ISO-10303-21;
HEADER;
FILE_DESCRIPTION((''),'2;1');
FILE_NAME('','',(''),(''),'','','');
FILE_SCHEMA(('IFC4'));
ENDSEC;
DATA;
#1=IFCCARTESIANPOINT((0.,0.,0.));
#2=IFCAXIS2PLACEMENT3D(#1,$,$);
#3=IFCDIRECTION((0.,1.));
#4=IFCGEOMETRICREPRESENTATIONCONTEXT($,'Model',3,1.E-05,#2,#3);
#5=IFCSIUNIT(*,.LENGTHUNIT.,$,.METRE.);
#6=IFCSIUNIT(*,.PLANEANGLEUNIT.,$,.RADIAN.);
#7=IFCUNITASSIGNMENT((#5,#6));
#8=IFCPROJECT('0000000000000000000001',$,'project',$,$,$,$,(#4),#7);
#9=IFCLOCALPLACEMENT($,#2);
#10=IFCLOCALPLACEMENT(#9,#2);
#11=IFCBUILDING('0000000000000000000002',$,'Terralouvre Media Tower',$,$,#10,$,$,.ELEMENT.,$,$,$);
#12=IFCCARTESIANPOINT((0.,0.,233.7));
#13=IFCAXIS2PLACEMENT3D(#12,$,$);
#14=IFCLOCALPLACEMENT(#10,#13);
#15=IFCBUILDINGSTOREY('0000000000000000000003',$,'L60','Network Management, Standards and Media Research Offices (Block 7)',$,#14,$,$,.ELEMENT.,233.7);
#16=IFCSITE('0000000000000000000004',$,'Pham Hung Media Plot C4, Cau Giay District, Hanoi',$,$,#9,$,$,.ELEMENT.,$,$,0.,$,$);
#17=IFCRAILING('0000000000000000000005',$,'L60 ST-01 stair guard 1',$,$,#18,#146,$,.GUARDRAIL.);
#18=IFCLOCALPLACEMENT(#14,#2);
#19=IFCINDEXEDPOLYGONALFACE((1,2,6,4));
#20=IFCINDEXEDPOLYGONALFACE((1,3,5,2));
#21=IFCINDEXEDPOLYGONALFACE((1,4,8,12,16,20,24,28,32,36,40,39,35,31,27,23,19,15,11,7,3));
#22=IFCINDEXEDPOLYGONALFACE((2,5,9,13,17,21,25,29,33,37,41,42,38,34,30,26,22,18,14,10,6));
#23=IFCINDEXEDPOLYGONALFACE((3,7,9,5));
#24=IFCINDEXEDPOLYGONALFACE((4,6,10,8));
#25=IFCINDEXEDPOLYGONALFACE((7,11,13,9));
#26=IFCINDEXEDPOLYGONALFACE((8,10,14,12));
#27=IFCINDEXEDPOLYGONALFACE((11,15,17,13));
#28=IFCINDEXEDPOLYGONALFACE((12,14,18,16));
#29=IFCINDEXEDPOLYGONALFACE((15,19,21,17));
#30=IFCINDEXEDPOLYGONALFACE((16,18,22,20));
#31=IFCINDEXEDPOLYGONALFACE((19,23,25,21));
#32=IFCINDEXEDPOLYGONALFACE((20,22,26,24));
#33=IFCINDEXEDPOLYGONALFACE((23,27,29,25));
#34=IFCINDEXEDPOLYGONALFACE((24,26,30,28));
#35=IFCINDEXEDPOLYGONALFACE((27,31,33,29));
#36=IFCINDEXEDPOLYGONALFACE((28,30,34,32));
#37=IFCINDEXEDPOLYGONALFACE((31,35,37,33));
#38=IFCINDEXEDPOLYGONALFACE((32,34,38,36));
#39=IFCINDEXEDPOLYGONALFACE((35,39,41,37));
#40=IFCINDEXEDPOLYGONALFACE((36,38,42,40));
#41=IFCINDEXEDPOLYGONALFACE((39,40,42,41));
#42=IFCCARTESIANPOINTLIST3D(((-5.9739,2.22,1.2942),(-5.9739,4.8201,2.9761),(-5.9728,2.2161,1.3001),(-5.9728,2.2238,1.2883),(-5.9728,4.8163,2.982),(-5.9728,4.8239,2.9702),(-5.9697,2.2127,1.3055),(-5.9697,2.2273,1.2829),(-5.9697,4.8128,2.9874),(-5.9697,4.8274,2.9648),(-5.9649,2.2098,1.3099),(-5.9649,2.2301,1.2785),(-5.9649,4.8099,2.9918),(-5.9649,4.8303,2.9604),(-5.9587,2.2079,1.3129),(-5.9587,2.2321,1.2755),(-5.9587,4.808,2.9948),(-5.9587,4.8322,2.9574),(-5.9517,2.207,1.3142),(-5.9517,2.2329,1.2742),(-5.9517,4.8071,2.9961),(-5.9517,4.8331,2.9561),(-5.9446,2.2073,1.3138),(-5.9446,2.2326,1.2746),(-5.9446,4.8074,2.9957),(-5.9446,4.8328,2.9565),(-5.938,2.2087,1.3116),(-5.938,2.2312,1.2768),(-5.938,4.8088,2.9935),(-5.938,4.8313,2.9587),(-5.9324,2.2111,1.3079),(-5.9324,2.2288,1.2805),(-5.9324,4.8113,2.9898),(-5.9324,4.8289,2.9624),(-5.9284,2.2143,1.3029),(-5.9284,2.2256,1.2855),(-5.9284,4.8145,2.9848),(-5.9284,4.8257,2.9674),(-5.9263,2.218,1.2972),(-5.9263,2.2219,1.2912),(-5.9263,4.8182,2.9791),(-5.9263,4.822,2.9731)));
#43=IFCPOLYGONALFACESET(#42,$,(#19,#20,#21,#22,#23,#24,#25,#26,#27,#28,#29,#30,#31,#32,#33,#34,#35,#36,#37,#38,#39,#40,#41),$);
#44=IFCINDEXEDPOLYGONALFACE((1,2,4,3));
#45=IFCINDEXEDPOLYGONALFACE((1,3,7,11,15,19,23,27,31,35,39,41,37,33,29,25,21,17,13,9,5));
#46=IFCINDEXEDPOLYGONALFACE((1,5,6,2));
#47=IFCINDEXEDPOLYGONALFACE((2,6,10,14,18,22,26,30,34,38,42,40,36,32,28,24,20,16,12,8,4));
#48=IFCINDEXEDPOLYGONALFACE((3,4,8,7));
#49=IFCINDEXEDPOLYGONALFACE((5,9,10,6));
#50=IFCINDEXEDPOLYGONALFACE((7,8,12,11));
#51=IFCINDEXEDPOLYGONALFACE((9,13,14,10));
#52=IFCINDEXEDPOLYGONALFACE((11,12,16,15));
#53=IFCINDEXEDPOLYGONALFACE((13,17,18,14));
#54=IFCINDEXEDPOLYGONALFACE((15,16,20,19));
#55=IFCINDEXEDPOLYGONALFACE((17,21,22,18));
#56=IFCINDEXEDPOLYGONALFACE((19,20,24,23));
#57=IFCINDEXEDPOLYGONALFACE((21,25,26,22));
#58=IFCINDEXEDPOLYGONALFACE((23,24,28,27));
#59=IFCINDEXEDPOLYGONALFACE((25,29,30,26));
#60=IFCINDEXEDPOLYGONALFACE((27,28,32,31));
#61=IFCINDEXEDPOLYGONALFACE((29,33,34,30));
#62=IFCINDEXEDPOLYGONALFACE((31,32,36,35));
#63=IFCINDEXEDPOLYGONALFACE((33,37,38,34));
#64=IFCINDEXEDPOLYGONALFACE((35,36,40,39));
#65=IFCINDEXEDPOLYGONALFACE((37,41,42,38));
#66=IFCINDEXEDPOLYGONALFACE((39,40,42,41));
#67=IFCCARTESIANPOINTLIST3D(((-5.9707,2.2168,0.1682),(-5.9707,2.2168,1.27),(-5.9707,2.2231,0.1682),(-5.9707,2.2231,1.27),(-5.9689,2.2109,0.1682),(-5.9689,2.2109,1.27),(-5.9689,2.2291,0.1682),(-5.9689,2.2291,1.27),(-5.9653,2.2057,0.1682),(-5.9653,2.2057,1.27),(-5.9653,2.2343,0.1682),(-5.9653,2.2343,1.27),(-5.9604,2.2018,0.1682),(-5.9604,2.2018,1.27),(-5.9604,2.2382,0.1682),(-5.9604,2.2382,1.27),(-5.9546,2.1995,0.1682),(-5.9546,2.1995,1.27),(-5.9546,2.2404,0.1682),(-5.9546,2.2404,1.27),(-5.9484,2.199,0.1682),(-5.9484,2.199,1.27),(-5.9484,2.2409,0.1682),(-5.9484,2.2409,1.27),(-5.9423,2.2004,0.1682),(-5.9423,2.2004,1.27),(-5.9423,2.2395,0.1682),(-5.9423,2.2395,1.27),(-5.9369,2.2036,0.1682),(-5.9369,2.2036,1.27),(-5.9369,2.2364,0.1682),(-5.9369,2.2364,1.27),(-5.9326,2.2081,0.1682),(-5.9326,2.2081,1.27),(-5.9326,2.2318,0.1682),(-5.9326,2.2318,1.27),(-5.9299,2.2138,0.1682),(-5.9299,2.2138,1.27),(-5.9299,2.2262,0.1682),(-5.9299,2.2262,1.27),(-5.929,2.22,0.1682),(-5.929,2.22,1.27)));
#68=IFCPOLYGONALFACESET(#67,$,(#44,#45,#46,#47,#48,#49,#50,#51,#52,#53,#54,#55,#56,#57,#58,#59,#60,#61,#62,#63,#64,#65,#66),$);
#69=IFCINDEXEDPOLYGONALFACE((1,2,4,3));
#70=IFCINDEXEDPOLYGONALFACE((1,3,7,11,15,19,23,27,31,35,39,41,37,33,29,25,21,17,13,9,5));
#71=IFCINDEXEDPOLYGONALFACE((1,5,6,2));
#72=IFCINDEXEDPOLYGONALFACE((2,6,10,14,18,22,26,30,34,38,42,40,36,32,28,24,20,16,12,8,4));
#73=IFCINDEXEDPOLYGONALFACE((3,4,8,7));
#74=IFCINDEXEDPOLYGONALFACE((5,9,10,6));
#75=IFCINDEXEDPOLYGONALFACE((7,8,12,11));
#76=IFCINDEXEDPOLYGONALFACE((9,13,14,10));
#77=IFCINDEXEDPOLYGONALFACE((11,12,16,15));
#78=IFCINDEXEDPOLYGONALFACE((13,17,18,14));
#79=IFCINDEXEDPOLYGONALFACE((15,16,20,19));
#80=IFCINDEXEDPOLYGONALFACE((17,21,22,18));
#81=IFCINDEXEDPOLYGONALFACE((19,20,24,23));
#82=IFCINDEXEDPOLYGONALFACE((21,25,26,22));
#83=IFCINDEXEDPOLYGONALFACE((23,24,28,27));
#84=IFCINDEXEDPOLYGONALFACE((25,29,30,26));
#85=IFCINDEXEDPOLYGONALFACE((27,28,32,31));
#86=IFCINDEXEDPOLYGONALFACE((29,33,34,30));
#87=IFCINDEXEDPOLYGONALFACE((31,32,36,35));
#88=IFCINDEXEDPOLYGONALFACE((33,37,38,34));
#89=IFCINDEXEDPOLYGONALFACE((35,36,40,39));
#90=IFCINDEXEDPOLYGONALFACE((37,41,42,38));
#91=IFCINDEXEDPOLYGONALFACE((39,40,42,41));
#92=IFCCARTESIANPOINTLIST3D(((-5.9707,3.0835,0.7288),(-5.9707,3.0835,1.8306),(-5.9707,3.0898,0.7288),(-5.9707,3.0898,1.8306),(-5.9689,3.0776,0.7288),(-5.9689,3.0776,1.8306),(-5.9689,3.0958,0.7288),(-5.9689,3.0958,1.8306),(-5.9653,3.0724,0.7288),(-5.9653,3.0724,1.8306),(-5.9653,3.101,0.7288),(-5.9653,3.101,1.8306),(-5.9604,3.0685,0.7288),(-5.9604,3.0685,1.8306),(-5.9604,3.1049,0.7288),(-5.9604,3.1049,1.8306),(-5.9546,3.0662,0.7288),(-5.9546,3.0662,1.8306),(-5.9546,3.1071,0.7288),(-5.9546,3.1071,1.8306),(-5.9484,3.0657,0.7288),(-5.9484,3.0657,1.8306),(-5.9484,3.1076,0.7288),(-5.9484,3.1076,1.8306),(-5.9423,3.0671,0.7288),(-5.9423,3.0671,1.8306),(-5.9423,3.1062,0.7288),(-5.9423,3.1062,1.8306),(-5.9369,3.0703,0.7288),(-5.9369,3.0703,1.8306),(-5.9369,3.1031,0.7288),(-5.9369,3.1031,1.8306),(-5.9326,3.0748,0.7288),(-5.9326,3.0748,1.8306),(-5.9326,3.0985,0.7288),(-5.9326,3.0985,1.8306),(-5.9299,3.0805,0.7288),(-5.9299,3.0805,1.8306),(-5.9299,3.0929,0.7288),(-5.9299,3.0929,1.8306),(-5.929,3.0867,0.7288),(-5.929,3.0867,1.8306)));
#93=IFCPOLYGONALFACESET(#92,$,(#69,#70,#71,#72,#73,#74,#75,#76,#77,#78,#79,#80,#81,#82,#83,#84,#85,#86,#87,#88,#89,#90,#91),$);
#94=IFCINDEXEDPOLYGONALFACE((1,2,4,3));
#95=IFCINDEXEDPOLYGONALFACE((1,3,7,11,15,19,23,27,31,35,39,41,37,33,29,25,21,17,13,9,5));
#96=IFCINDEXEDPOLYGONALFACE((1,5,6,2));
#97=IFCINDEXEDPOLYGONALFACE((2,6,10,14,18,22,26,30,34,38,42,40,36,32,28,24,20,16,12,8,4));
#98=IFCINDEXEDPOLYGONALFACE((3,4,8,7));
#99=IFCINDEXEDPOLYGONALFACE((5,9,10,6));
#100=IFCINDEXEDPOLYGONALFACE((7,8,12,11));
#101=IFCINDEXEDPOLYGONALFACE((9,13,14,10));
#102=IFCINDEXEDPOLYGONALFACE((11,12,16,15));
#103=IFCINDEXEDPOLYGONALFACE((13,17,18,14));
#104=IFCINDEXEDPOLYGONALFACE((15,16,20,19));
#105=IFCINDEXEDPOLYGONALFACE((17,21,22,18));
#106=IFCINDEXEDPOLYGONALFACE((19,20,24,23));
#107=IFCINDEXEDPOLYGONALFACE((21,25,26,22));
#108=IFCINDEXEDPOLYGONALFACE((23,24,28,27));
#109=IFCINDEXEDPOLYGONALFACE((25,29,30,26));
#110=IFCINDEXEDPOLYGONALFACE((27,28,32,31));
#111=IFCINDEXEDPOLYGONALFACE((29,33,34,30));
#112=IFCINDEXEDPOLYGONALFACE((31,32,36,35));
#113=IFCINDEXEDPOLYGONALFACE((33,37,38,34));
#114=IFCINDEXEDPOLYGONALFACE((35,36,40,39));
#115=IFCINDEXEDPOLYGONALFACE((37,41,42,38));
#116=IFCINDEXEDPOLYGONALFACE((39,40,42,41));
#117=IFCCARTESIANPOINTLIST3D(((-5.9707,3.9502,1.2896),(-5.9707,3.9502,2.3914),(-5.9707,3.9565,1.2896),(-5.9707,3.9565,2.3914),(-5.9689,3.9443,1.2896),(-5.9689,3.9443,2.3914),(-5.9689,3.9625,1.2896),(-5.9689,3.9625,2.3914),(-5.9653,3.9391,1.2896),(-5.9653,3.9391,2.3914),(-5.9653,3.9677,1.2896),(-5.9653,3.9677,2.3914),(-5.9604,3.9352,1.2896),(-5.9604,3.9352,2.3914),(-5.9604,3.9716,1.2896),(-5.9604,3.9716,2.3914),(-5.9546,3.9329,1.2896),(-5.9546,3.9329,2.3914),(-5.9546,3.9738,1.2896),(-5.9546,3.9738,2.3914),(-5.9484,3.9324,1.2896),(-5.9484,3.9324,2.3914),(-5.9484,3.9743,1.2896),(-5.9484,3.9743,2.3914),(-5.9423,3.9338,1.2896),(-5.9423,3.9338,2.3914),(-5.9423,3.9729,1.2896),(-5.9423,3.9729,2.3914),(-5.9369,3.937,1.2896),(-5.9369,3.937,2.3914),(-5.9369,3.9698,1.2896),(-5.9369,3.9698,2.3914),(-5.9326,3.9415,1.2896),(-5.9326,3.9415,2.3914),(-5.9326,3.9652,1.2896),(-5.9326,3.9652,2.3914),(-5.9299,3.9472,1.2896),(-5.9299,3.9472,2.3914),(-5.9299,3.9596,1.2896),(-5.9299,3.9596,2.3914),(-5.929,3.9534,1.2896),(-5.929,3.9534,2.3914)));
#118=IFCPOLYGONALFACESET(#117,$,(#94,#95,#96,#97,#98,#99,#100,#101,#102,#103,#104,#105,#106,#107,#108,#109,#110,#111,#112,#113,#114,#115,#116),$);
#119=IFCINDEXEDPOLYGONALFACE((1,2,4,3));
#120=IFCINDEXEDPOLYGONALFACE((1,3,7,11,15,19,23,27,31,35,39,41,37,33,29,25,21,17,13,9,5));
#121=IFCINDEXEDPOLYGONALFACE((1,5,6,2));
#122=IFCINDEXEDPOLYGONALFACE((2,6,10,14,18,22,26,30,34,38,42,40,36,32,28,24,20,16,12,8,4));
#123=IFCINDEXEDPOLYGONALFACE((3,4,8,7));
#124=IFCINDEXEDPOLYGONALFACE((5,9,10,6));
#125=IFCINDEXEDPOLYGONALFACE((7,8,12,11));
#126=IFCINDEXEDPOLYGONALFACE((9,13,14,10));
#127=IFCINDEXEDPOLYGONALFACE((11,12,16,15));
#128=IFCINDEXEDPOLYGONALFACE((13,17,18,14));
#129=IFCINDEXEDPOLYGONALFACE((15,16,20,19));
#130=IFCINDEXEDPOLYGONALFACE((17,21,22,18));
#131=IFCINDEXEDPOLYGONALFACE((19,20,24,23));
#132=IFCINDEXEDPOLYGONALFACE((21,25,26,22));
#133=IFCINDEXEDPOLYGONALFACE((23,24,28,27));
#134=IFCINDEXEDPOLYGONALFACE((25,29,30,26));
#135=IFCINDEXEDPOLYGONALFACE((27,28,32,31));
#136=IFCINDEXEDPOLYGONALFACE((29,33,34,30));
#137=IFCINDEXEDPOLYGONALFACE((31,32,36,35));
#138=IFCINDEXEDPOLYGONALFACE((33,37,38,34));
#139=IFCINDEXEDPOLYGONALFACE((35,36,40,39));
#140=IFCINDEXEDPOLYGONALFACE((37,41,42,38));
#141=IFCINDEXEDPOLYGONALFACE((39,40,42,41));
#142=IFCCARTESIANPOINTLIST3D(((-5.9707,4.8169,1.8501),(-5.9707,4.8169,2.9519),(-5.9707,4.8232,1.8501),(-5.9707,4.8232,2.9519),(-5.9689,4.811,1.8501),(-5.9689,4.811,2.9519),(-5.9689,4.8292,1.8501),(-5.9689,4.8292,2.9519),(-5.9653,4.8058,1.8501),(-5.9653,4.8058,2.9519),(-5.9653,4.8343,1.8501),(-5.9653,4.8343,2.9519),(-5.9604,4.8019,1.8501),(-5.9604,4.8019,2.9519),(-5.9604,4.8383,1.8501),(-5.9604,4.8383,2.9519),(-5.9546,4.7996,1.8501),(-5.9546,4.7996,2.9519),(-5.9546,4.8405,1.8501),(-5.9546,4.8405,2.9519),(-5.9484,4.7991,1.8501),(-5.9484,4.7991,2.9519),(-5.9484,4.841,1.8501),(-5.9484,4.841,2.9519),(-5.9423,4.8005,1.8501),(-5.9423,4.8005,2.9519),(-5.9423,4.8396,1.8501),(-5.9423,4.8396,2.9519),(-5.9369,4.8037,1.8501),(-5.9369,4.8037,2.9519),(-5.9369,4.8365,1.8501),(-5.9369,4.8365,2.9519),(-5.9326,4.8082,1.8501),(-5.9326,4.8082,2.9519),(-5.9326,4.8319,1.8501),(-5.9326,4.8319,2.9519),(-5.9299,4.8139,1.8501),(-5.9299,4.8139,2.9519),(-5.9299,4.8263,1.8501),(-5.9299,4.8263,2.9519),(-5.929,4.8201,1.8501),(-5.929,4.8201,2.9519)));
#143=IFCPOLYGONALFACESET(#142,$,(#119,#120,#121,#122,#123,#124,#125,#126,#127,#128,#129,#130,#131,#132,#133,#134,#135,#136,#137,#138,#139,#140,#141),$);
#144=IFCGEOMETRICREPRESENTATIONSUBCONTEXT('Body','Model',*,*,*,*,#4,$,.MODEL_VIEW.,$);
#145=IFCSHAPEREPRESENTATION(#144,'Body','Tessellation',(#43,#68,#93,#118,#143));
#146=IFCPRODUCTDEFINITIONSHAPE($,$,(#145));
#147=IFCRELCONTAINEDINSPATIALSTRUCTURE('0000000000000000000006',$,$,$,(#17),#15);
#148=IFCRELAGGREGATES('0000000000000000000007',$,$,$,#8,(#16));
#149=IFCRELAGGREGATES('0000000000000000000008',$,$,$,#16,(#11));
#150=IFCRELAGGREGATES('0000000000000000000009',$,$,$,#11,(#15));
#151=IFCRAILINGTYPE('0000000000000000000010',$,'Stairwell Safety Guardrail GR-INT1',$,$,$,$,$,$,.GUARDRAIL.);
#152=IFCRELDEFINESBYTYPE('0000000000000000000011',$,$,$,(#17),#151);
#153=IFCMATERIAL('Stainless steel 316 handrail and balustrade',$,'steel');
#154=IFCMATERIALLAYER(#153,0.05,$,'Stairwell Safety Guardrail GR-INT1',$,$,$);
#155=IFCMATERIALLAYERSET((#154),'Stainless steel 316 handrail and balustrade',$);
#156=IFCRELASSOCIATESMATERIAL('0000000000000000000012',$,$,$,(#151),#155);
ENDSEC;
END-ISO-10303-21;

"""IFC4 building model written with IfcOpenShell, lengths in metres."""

from ifc_helpers import new_model, si_unit, direction, frame, origin, origin_2d, place, context, subcontext, project, spatial, circle, extrude, material, layer, layer_set, type_object, element, save


model = new_model("IFC4")

# Units and contexts
model_context = context("Model", 3, precision=1e-05, world=origin(), true_north=direction((0.0, 1.0)))
body_context = subcontext(model_context, "Body", "Model", "MODEL_VIEW")
ifc_project = project(units=[si_unit("LENGTHUNIT", "METRE"), si_unit("PLANEANGLEUNIT", "RADIAN")], contexts=[model_context])

# Site, building, storey
site_placement = place(None, origin())
site = spatial("IfcSite", under=ifc_project, at=site_placement, Name="Pham Hung Media Plot C4, Cau Giay District, Hanoi", CompositionType="ELEMENT", RefElevation=0.0)
building_placement = place(site_placement, origin())
building = spatial("IfcBuilding", under=site, at=building_placement, Name="Terralouvre Media Tower", CompositionType="ELEMENT")
storey_placement = place(building_placement, frame((0.0, 0.0, 233.7)))
storey = spatial("IfcBuildingStorey", under=building, at=storey_placement, Name="L60", Description="Network Management, Standards and Media Research Offices (Block 7)", CompositionType="ELEMENT", Elevation=233.7)

# Railing
ifc_material_1 = material(Name="Stainless steel 316 handrail and balustrade", Category="steel")
ifc_layer_1 = layer(ifc_material_1, 0.05, Name="Stairwell Safety Guardrail GR-INT1")
ifc_layer_set_1 = layer_set([ifc_layer_1], Name="Stainless steel 316 handrail and balustrade")
railing_type_1 = type_object("IfcRailingType", Name="Stairwell Safety Guardrail GR-INT1", PredefinedType="GUARDRAIL", material=ifc_layer_set_1)
railing_1_placement = place(storey_placement, frame((-5.95, 2.22, 0.1682)))
element("IfcRailing", 1, at=railing_1_placement, inside=storey, type_object=railing_type_1, Name="L60 ST-01 stair guard 1", PredefinedType="GUARDRAIL", context=body_context, shape_type="SweptSolid", body=[
    extrude(circle(Radius=0.0239, at=origin_2d()), frame((0.0, 0.0, 1.126), z_axis=(0.0, 0.839648, 0.54313), x_axis=(-1.0, 0.0, 0.0)), (0.0, 0.0, 1.0), 3.0967),
    extrude(circle(Radius=0.021, at=origin_2d()), origin(), (0.0, 0.0, 1.0), 1.1018),
    extrude(circle(Radius=0.021, at=origin_2d()), frame((0.0, 0.8667, 0.5605)), (0.0, 0.0, 1.0), 1.1018),
    extrude(circle(Radius=0.021, at=origin_2d()), frame((0.0, 1.7334, 1.1213)), (0.0, 0.0, 1.0), 1.1018),
    extrude(circle(Radius=0.021, at=origin_2d()), frame((0.0, 2.6001, 1.6819)), (0.0, 0.0, 1.0), 1.1018),
])

save(model, "model.ifc")
